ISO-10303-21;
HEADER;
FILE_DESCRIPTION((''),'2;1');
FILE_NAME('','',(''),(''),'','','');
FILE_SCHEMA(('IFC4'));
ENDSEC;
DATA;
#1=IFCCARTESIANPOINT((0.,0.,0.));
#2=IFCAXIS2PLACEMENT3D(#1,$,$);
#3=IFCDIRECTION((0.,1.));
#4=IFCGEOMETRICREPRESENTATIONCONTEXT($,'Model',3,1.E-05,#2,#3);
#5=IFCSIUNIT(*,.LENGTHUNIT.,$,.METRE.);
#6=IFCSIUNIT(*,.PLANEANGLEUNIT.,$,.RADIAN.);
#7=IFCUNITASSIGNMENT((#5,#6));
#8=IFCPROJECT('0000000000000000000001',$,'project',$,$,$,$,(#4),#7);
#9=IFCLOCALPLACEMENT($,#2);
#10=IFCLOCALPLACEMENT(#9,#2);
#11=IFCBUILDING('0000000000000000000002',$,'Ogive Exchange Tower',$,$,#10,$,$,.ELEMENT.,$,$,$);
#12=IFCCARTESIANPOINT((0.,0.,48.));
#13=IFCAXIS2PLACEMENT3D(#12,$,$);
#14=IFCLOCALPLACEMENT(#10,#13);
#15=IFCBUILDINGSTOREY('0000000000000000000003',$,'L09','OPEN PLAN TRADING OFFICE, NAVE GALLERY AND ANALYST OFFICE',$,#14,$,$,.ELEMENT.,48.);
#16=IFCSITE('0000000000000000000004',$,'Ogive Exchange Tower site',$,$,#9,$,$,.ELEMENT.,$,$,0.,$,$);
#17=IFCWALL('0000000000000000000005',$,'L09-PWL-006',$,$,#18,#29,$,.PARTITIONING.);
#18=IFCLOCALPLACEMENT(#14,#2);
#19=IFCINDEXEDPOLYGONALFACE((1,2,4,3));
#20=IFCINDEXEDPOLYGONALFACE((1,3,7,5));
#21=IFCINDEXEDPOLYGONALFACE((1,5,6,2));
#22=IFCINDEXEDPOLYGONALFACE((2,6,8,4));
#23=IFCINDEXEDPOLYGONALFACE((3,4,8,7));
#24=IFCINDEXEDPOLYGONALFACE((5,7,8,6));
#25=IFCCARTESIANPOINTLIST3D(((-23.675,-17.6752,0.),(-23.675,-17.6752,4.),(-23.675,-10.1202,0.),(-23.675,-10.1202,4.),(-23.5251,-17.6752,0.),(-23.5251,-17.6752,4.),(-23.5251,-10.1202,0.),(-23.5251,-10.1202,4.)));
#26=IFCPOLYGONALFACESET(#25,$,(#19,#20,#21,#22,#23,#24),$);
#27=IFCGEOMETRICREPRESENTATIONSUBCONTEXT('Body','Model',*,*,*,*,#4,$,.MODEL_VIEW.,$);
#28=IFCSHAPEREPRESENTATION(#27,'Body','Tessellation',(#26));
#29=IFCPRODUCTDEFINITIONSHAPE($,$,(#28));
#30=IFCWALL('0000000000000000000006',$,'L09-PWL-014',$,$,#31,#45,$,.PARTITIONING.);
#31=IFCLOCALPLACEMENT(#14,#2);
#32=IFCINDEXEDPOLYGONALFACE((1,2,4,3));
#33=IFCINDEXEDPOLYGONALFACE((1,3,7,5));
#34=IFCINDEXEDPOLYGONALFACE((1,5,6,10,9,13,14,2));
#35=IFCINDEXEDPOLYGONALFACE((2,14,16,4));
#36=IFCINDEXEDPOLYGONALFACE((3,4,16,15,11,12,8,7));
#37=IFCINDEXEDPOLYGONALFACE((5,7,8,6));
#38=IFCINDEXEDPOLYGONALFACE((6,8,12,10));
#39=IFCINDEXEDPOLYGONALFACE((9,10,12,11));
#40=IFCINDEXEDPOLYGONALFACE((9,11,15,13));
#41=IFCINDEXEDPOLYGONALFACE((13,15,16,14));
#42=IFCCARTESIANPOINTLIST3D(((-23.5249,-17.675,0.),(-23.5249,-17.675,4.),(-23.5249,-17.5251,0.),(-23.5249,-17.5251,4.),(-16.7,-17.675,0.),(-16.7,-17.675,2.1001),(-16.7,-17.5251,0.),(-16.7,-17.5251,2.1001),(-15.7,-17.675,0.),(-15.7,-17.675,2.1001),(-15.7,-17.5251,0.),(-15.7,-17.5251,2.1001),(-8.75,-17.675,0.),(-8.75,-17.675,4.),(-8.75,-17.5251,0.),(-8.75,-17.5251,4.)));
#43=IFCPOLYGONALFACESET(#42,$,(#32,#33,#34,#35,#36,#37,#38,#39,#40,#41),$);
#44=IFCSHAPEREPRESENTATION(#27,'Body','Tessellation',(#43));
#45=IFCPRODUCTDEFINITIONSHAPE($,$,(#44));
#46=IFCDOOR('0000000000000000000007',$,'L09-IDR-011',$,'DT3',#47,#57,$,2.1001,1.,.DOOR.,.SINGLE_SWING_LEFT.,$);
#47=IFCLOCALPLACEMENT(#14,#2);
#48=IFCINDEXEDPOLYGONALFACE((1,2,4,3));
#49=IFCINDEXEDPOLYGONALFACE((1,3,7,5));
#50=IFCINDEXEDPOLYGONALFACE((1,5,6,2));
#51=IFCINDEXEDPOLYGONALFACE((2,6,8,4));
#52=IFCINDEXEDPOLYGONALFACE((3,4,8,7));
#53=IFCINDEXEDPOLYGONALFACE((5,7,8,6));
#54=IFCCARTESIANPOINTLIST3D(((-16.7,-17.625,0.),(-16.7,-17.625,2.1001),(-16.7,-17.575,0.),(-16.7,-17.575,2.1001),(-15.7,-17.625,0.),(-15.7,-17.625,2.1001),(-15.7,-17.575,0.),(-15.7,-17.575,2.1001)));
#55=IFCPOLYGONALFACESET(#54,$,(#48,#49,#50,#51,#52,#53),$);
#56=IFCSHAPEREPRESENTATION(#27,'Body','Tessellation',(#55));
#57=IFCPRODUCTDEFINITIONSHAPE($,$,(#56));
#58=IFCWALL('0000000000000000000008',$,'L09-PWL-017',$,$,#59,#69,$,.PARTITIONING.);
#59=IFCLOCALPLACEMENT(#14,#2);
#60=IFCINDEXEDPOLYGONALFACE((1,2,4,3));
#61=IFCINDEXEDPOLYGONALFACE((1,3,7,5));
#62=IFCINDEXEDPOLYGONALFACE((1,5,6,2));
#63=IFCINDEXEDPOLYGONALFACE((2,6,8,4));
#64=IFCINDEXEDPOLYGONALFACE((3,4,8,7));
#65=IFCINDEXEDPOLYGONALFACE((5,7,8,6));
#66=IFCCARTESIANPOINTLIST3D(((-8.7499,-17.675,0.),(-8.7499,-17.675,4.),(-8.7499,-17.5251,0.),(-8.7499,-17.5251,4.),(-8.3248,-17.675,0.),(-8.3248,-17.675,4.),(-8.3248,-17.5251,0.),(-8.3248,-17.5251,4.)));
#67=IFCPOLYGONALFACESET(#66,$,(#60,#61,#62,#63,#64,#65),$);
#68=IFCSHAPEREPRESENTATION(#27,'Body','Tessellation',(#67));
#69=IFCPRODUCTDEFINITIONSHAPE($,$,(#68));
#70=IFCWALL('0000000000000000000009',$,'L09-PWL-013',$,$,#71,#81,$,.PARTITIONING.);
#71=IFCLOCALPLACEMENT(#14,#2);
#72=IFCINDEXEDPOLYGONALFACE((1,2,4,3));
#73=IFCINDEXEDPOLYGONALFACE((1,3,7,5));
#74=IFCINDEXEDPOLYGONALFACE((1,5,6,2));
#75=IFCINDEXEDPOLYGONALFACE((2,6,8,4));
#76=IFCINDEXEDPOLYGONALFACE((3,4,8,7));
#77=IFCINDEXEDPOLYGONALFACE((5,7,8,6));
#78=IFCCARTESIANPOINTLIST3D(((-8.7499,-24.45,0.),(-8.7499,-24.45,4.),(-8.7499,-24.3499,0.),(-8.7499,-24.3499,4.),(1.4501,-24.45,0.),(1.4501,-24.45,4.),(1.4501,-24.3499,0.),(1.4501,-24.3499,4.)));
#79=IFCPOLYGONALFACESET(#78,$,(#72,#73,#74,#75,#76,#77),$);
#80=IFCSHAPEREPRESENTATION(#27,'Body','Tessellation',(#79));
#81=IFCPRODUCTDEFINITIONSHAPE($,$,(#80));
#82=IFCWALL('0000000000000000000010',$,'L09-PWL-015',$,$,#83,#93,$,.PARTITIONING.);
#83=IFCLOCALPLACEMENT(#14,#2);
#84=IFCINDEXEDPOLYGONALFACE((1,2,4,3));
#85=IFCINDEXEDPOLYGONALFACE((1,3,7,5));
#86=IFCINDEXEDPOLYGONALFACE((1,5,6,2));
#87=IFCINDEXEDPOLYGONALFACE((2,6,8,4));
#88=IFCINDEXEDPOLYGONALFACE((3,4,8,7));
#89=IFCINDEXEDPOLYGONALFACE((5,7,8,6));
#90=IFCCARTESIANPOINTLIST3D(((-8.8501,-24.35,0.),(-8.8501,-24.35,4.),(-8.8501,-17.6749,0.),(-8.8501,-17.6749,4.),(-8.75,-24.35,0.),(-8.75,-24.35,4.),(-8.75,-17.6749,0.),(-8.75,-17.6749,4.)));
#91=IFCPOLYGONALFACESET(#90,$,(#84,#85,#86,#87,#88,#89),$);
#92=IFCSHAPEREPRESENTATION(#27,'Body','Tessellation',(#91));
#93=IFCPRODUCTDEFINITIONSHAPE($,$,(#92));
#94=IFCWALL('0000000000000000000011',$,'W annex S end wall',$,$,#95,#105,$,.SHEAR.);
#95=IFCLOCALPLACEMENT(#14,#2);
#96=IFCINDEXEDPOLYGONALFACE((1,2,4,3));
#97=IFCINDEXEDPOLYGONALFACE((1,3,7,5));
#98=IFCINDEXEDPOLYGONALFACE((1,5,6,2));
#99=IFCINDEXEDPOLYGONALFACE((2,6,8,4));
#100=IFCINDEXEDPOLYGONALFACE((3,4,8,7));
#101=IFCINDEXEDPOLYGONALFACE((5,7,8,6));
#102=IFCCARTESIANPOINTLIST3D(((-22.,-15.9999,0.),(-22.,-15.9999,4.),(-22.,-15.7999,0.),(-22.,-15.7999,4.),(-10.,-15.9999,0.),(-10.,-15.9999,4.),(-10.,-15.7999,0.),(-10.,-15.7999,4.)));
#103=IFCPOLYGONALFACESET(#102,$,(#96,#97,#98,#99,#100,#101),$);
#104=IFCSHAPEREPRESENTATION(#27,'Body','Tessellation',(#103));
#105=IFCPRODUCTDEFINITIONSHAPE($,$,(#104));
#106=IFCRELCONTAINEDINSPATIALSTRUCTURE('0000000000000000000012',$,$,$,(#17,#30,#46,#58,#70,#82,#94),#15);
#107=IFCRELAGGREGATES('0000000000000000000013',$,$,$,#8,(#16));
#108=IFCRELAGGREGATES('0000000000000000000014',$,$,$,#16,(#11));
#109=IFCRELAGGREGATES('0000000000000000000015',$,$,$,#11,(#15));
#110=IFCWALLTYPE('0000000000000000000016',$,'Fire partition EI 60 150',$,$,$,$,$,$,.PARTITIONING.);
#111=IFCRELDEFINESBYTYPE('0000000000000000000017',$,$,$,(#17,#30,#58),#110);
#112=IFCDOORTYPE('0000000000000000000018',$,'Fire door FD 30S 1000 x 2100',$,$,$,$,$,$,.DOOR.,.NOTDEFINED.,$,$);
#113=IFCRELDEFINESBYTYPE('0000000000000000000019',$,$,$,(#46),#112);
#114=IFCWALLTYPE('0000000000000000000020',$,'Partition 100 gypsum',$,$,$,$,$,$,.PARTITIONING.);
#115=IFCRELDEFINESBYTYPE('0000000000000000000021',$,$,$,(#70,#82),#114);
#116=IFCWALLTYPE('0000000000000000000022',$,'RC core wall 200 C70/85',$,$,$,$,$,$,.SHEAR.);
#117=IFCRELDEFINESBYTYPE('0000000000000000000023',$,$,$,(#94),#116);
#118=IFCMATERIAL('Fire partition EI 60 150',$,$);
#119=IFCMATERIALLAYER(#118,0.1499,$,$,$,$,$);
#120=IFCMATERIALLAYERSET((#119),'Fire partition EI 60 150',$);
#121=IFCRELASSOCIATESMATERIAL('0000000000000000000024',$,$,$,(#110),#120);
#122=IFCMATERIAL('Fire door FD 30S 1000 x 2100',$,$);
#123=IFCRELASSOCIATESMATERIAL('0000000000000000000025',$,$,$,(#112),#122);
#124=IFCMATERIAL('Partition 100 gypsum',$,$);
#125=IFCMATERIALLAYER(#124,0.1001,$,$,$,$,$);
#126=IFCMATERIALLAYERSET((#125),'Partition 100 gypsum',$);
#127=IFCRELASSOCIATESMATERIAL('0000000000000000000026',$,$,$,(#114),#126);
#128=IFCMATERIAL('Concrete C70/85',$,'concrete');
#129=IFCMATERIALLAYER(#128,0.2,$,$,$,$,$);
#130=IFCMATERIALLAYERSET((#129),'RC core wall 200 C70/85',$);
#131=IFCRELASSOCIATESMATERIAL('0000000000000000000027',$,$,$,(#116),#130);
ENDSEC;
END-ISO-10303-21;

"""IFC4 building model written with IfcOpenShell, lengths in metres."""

from ifc_helpers import new_model, si_unit, direction, frame, frame_2d, origin, place, context, subcontext, project, spatial, rectangle, extrude, material, layer, layer_set, type_object, element, fill, save


model = new_model("IFC4")

# Units and contexts
model_context = context("Model", 3, precision=1e-05, world=origin(), true_north=direction((0.0, 1.0)))
body_context = subcontext(model_context, "Body", "Model", "MODEL_VIEW")
ifc_project = project(units=[si_unit("LENGTHUNIT", "METRE"), si_unit("PLANEANGLEUNIT", "RADIAN")], contexts=[model_context])

# Site, building, storey
site_placement = place(None, origin())
site = spatial("IfcSite", under=ifc_project, at=site_placement, Name="Ogive Exchange Tower site", CompositionType="ELEMENT", RefElevation=0.0)
building_placement = place(site_placement, origin())
building = spatial("IfcBuilding", under=site, at=building_placement, Name="Ogive Exchange Tower", CompositionType="ELEMENT")
storey_placement = place(building_placement, frame((0.0, 0.0, 48.0)))
storey = spatial("IfcBuildingStorey", under=building, at=storey_placement, Name="L09", Description="OPEN PLAN TRADING OFFICE, NAVE GALLERY AND ANALYST OFFICE", CompositionType="ELEMENT", Elevation=48.0)

# Wall
ifc_material_1 = material(Name="Fire partition EI 60 150")
ifc_layer_1 = layer(ifc_material_1, 0.1499)
ifc_layer_set_1 = layer_set([ifc_layer_1], Name="Fire partition EI 60 150")
wall_type_1 = type_object("IfcWallType", Name="Fire partition EI 60 150", PredefinedType="PARTITIONING", material=ifc_layer_set_1)
wall_1_placement = place(storey_placement, frame((-23.6001, -17.675, 0.0), z_axis=(0.0, 0.0, 1.0), x_axis=(0.0, 1.0, 0.0)))
element("IfcWall", 1, at=wall_1_placement, inside=storey, type_object=wall_type_1, Name="L09-PWL-006", PredefinedType="PARTITIONING", context=body_context, shape_type="SweptSolid", body=[
    extrude(rectangle(XDim=7.5549, YDim=0.1499, at=frame_2d((3.7773, 0.0))), origin(), (0.0, 0.0, 1.0), 4.0),
])

# Wall, opening, door
wall_2_placement = place(storey_placement, frame((-8.75, -17.6001, 0.0), z_axis=(0.0, 0.0, 1.0), x_axis=(-1.0, 0.0, 0.0)))
wall_2 = element("IfcWall", 2, at=wall_2_placement, inside=storey, type_object=wall_type_1, Name="L09-PWL-014", PredefinedType="PARTITIONING", context=body_context, shape_type="SweptSolid", body=[
    extrude(rectangle(XDim=14.7749, YDim=0.1499, at=frame_2d((7.3875, 0.0))), origin(), (0.0, 0.0, 1.0), 4.0),
])
opening_placement = place(wall_2_placement, frame((6.95, 0.0, 0.0)))
opening = element("IfcOpeningElement", 3, at=opening_placement, cuts=wall_2, PredefinedType="OPENING", context=body_context, shape_type="SweptSolid", body=[
    extrude(rectangle(XDim=1.0, YDim=2.1001, at=frame_2d((0.5, 1.05))), frame((0.0, 0.085, 0.0), z_axis=(0.0, -1.0, 0.0), x_axis=(1.0, 0.0, 0.0)), (0.0, 0.0, 1.0), 0.1699),
])
ifc_material_2 = material(Name="Fire door FD 30S 1000 x 2100")
door_type = type_object("IfcDoorType", Name="Fire door FD 30S 1000 x 2100", OperationType="NOTDEFINED", PredefinedType="DOOR", material=ifc_material_2)
door_placement = place(opening_placement, origin())
door = element("IfcDoor", 4, at=door_placement, inside=storey, type_object=door_type, Name="L09-IDR-011", ObjectType="DT3", OperationType="SINGLE_SWING_LEFT", OverallHeight=2.1001, OverallWidth=1.0, PredefinedType="DOOR", context=body_context, shape_type="SweptSolid", body=[
    extrude(rectangle(XDim=1.0, YDim=2.1001, at=frame_2d((0.5, 1.05))), frame((0.0, 0.0249, 0.0), z_axis=(0.0, -1.0, 0.0), x_axis=(1.0, 0.0, 0.0)), (0.0, 0.0, 1.0), 0.05),
])
fill(opening, door)

# Walls
wall_3_placement = place(storey_placement, frame((-8.325, -17.6001, 0.0), z_axis=(0.0, 0.0, 1.0), x_axis=(-1.0, 0.0, 0.0)))
element("IfcWall", 5, at=wall_3_placement, inside=storey, type_object=wall_type_1, Name="L09-PWL-017", PredefinedType="PARTITIONING", context=body_context, shape_type="SweptSolid", body=[
    extrude(rectangle(XDim=0.425, YDim=0.1499, at=frame_2d((0.2124, 0.0))), origin(), (0.0, 0.0, 1.0), 4.0),
])
ifc_material_3 = material(Name="Partition 100 gypsum")
ifc_layer_2 = layer(ifc_material_3, 0.1001)
ifc_layer_set_2 = layer_set([ifc_layer_2], Name="Partition 100 gypsum")
wall_type_2 = type_object("IfcWallType", Name="Partition 100 gypsum", PredefinedType="PARTITIONING", material=ifc_layer_set_2)
wall_4_placement = place(storey_placement, frame((-8.75, -24.3999, 0.0), z_axis=(0.0, 0.0, 1.0), x_axis=(1.0, 0.0, 0.0)))
element("IfcWall", 6, at=wall_4_placement, inside=storey, type_object=wall_type_2, Name="L09-PWL-013", PredefinedType="PARTITIONING", context=body_context, shape_type="SweptSolid", body=[
    extrude(rectangle(XDim=10.2, YDim=0.1001, at=frame_2d((5.1001, 0.0))), origin(), (0.0, 0.0, 1.0), 4.0),
])
wall_5_placement = place(storey_placement, frame((-8.8, -17.675, 0.0), z_axis=(0.0, 0.0, 1.0), x_axis=(0.0, -1.0, 0.0)))
element("IfcWall", 7, at=wall_5_placement, inside=storey, type_object=wall_type_2, Name="L09-PWL-015", PredefinedType="PARTITIONING", context=body_context, shape_type="SweptSolid", body=[
    extrude(rectangle(XDim=6.675, YDim=0.1001, at=frame_2d((3.3374, 0.0))), origin(), (0.0, 0.0, 1.0), 4.0),
])
ifc_material_4 = material(Name="Concrete C70/85", Category="concrete")
ifc_layer_3 = layer(ifc_material_4, 0.2)
ifc_layer_set_3 = layer_set([ifc_layer_3], Name="RC core wall 200 C70/85")
wall_type_3 = type_object("IfcWallType", Name="RC core wall 200 C70/85", PredefinedType="SHEAR", material=ifc_layer_set_3)
wall_6_placement = place(storey_placement, frame((-22.0, -15.8999, 0.0), z_axis=(0.0, 0.0, 1.0), x_axis=(1.0, 0.0, 0.0)))
element("IfcWall", 8, at=wall_6_placement, inside=storey, type_object=wall_type_3, Name="W annex S end wall", PredefinedType="SHEAR", context=body_context, shape_type="SweptSolid", body=[
    extrude(rectangle(XDim=12.0, YDim=0.2, at=frame_2d((6.0, 0.0))), origin(), (0.0, 0.0, 1.0), 4.0),
])

save(model, "model.ifc")
